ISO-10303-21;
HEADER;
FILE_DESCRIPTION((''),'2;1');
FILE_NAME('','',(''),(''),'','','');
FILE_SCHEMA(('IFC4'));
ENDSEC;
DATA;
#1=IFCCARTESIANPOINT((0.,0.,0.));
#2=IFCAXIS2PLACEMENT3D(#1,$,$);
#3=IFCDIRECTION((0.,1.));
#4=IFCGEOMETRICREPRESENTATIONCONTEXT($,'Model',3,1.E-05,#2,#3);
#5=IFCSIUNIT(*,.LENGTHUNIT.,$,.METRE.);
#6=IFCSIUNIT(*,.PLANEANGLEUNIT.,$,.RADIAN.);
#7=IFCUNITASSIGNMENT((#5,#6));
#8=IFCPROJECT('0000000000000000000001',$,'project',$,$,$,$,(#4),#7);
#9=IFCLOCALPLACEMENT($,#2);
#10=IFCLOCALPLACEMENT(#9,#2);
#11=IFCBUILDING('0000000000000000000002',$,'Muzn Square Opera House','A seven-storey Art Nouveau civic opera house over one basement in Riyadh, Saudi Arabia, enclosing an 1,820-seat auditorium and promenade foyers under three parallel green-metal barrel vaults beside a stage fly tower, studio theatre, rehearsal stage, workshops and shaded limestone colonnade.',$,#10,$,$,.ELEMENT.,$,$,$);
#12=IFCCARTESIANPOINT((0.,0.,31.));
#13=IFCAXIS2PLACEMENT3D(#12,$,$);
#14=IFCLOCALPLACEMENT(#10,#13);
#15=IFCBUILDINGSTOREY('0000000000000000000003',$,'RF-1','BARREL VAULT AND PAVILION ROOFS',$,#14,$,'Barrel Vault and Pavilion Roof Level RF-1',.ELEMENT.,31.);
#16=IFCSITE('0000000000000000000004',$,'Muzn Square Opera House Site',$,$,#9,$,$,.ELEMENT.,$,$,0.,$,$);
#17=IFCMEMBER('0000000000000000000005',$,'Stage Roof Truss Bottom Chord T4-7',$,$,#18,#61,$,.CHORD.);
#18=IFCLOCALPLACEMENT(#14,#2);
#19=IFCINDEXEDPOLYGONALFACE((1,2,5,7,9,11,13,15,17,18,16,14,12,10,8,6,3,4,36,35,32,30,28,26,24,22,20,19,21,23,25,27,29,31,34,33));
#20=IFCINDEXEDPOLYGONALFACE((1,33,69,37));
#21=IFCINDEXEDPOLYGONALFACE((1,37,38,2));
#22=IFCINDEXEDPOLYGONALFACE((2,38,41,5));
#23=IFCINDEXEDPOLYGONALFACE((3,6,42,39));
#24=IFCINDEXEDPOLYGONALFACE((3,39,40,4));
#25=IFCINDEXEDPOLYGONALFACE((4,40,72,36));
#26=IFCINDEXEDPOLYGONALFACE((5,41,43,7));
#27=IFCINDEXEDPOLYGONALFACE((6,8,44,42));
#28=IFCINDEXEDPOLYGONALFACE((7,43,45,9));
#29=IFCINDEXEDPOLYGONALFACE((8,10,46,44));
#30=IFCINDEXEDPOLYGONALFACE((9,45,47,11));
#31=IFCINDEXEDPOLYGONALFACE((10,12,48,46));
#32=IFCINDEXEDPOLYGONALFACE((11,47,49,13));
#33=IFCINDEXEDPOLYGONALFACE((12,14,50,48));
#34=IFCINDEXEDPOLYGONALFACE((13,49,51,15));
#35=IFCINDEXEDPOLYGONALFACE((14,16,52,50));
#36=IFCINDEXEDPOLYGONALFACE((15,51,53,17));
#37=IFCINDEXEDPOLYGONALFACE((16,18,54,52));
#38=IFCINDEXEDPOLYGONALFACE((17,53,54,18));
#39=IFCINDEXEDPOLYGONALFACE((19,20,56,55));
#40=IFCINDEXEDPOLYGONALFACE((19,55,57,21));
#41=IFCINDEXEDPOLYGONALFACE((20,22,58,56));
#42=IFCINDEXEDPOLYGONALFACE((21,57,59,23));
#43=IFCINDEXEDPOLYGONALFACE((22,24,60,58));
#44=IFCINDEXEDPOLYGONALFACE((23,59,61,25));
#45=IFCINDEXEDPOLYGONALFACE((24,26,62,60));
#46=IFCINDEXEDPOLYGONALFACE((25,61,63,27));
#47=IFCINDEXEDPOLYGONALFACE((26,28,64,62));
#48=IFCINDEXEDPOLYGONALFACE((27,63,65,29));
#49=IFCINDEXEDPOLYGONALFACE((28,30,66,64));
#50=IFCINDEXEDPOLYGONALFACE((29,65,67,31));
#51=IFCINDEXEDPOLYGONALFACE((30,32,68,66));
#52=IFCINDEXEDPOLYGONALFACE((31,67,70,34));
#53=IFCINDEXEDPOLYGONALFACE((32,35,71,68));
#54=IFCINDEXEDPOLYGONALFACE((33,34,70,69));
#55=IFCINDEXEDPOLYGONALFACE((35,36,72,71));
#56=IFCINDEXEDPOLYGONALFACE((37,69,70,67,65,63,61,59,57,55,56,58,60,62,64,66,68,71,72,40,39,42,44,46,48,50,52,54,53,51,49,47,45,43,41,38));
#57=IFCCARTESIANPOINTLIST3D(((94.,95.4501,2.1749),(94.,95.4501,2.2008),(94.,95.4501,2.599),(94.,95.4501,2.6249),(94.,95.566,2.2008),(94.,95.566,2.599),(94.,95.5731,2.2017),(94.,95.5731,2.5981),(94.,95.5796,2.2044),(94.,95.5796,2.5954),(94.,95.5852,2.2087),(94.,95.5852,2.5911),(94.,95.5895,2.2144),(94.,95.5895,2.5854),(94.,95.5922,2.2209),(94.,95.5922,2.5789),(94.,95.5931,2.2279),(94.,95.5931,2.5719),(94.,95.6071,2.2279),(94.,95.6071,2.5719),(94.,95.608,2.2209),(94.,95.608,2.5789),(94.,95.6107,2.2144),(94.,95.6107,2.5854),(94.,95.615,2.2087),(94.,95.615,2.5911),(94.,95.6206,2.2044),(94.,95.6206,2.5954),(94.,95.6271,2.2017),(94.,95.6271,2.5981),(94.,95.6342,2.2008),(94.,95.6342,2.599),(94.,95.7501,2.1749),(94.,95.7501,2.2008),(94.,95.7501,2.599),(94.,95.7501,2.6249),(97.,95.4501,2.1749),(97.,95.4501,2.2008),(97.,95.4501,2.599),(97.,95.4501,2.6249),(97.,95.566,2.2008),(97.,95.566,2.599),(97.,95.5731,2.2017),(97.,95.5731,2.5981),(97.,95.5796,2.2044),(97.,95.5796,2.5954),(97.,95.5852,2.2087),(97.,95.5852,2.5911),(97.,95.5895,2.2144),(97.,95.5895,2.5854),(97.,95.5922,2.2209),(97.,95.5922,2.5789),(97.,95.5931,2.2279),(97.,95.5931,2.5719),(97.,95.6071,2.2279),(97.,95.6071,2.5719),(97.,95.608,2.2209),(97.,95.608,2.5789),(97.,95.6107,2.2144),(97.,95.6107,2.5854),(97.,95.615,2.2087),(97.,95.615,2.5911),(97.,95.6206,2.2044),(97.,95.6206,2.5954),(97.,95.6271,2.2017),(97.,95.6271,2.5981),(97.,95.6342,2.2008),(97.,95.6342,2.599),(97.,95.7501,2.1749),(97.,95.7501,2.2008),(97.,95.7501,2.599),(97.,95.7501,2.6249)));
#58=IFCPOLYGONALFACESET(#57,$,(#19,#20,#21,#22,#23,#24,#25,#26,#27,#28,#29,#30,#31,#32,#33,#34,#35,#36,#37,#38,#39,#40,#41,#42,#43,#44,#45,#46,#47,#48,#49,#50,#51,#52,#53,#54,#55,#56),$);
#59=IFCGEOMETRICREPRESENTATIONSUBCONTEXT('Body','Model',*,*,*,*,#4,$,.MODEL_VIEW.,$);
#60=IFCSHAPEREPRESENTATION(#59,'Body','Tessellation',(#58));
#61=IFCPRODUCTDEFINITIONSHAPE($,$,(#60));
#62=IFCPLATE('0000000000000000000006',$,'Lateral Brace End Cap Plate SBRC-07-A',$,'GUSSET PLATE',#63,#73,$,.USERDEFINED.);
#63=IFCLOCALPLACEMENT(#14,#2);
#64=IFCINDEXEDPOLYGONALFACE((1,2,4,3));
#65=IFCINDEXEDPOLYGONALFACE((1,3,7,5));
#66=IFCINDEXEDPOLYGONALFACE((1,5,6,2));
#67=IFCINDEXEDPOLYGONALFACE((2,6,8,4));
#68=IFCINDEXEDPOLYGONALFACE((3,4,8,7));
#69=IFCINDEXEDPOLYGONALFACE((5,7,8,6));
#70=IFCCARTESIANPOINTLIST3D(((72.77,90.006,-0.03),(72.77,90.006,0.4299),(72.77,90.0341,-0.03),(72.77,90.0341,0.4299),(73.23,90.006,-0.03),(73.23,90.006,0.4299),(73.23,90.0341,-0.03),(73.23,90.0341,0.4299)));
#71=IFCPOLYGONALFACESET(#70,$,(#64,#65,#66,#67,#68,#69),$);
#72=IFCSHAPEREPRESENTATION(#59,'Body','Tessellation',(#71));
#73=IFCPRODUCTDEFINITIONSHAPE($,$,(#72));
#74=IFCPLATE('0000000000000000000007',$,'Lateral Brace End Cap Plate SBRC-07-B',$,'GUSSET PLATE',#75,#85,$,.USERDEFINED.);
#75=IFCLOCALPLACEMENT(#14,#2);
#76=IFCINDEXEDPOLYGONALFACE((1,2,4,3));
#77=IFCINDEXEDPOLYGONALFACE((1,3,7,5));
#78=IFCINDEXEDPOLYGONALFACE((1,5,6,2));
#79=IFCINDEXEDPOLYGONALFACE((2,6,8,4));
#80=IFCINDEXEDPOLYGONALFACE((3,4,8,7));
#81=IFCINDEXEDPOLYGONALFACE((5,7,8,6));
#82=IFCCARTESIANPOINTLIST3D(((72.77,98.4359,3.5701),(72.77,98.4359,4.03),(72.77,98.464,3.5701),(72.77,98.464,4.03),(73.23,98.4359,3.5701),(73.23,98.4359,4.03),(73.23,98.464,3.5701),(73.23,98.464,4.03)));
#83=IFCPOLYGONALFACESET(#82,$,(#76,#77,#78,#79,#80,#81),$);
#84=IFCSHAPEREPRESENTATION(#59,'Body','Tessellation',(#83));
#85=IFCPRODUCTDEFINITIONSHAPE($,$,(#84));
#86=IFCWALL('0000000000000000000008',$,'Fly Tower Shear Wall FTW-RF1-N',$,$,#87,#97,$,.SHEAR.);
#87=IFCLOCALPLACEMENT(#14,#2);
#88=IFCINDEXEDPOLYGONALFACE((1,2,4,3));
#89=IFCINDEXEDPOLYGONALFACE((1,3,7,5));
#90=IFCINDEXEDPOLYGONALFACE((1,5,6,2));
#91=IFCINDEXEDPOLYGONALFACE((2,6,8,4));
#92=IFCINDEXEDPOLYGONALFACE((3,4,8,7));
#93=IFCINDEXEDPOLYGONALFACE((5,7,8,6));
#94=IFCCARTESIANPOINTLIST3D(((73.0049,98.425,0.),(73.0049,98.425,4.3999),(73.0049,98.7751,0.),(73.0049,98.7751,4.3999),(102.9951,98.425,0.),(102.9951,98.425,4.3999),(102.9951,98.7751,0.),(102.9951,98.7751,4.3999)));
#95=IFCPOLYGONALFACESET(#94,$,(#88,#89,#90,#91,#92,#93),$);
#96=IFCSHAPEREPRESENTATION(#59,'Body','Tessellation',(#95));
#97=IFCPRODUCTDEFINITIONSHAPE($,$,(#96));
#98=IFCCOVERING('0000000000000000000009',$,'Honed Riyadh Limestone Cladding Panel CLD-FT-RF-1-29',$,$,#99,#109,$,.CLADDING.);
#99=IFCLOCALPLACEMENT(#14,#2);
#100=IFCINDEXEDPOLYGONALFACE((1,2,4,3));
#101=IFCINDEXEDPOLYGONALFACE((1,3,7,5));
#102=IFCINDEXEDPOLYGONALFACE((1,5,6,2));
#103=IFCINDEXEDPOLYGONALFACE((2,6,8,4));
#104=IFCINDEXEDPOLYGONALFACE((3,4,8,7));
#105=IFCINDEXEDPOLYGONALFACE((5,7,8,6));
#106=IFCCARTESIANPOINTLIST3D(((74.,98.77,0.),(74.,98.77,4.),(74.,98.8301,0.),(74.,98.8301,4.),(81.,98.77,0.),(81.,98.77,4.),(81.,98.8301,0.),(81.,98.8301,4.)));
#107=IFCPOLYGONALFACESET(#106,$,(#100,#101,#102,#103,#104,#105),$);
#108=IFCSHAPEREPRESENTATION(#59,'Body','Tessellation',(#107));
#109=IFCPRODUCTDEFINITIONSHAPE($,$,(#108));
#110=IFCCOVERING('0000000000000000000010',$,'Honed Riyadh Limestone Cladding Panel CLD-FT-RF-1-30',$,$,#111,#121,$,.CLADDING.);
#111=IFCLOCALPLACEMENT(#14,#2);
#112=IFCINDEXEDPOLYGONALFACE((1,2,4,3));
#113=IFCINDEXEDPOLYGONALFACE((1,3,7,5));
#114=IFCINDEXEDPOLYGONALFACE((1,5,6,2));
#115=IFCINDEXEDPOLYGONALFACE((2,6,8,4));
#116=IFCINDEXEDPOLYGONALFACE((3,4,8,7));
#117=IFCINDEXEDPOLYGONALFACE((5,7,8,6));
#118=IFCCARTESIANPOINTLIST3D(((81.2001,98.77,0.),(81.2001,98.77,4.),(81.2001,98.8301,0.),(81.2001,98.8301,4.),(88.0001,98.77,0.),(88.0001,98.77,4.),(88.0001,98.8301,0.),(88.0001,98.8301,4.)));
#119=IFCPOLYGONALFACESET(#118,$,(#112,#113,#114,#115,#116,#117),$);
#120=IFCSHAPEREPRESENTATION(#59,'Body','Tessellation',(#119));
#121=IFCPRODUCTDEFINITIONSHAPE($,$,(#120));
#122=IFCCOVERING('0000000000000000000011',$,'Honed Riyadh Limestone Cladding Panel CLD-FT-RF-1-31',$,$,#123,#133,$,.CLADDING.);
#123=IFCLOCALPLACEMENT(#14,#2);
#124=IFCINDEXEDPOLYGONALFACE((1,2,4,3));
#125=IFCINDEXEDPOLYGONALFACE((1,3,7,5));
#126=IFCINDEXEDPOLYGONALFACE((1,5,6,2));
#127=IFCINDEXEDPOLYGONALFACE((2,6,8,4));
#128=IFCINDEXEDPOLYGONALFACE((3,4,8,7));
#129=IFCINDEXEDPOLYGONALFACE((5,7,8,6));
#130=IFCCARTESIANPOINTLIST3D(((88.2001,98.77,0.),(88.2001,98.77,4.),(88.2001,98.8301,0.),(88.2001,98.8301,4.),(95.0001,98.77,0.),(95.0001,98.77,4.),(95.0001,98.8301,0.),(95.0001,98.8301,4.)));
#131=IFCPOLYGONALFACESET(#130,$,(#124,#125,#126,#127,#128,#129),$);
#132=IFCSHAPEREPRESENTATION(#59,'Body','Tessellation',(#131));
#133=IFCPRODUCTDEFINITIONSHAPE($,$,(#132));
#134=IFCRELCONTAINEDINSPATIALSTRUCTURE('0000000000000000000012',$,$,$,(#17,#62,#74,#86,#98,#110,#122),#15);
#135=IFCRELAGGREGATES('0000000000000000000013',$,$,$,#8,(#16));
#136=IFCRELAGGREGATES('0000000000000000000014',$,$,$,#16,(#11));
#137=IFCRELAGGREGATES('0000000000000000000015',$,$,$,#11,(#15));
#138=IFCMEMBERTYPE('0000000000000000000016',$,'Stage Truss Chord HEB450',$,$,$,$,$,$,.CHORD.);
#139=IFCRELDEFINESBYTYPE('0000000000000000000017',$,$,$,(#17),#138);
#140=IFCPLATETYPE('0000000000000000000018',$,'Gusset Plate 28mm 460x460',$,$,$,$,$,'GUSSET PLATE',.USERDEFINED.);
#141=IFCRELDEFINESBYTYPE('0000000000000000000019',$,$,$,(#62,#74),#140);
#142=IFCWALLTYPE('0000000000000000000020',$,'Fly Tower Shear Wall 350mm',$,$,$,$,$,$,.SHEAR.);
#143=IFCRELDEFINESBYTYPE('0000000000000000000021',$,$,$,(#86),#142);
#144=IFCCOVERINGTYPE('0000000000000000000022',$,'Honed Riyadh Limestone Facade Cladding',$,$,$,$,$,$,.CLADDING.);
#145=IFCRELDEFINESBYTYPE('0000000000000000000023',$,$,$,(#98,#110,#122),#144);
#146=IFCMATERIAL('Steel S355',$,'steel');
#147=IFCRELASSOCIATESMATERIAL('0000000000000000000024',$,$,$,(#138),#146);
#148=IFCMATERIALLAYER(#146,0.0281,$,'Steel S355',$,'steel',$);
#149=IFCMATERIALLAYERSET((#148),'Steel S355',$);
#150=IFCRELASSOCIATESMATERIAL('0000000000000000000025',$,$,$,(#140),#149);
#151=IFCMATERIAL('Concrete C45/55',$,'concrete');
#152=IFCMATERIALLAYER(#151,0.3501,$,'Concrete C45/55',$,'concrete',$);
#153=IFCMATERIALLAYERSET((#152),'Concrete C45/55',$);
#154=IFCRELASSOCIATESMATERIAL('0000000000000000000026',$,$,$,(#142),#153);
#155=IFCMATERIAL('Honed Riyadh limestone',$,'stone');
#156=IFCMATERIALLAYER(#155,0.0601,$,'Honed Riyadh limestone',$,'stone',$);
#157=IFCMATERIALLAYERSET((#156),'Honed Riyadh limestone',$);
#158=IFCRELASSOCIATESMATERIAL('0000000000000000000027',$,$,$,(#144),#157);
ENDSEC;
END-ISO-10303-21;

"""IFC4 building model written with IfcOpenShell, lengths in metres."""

from ifc_helpers import new_model, si_unit, direction, frame, frame_2d, origin, origin_2d, place, context, subcontext, project, spatial, rectangle, i_section, extrude, material, layer, layer_set, material_profile, profile_set, type_object, element, save


model = new_model("IFC4")

# Units and contexts
model_context = context("Model", 3, precision=1e-05, world=origin(), true_north=direction((0.0, 1.0)))
body_context = subcontext(model_context, "Body", "Model", "MODEL_VIEW")
ifc_project = project(units=[si_unit("LENGTHUNIT", "METRE"), si_unit("PLANEANGLEUNIT", "RADIAN")], contexts=[model_context])

# Site, building, storey
site_placement = place(None, origin())
site = spatial("IfcSite", under=ifc_project, at=site_placement, Name="Muzn Square Opera House Site", CompositionType="ELEMENT", RefElevation=0.0)
building_placement = place(site_placement, origin())
building = spatial("IfcBuilding", under=site, at=building_placement, Name="Muzn Square Opera House", Description="A seven-storey Art Nouveau civic opera house over one basement in Riyadh, Saudi Arabia, enclosing an 1,820-seat auditorium and promenade foyers under three parallel green-metal barrel vaults beside a stage fly tower, studio theatre, rehearsal stage, workshops and shaded limestone colonnade.", CompositionType="ELEMENT")
storey_placement = place(building_placement, frame((0.0, 0.0, 31.0)))
storey = spatial("IfcBuildingStorey", under=building, at=storey_placement, Name="RF-1", Description="BARREL VAULT AND PAVILION ROOFS", LongName="Barrel Vault and Pavilion Roof Level RF-1", CompositionType="ELEMENT", Elevation=31.0)

# Shared definitions
ifc_material_1 = material(Name="Steel S355", Category="steel")

# Member
ifc_material_profile_1 = material_profile(ifc_material_1, i_section(OverallWidth=0.3, OverallDepth=0.45, WebThickness=0.0139, FlangeThickness=0.0259, FilletRadius=0.0271, at=origin_2d()), Name="HEB 450", Category="steel")
ifc_profile_set_1 = profile_set([ifc_material_profile_1], Name="Steel S355")
member_type_1 = type_object("IfcMemberType", Name="Stage Truss Chord HEB450", PredefinedType="CHORD", material=ifc_profile_set_1)
for number, where, z_axis, x_axis, name in (
    (1, (94.0, 95.6001, 2.3999), (1.0, 0.0, 0.0), (0.0, 1.0, 0.0), "Stage Roof Truss Bottom Chord T4-7"),
):
    element("IfcMember", number, at=place(storey_placement, frame(where, z_axis=z_axis, x_axis=x_axis)), inside=storey, type_object=member_type_1, Name=name, PredefinedType="CHORD", context=body_context, shape_type="SweptSolid", body=[
        extrude(i_section(OverallWidth=0.3, OverallDepth=0.45, WebThickness=0.0139, FlangeThickness=0.0259, FilletRadius=0.0271, at=origin_2d()), origin(), (0.0, 0.0, 1.0), 3.0),
    ])

# Plates
ifc_layer_1 = layer(ifc_material_1, 0.0281, Name="Steel S355", Category="steel")
ifc_layer_set_1 = layer_set([ifc_layer_1], Name="Steel S355")
plate_type = type_object("IfcPlateType", Name="Gusset Plate 28mm 460x460", ElementType="GUSSET PLATE", PredefinedType="USERDEFINED", material=ifc_layer_set_1)
for number, where, z_axis, x_axis, name in (
    (2, (73.0, 90.02, -0.03), (0.0, 0.0, 1.0), (1.0, 0.0, 0.0), "Lateral Brace End Cap Plate SBRC-07-A"),
    (3, (73.0, 98.45, 3.5701), (0.0, 0.0, 1.0), (1.0, 0.0, 0.0), "Lateral Brace End Cap Plate SBRC-07-B"),
):
    element("IfcPlate", number, at=place(storey_placement, frame(where, z_axis=z_axis, x_axis=x_axis)), inside=storey, type_object=plate_type, Name=name, ObjectType="GUSSET PLATE", PredefinedType="USERDEFINED", context=body_context, shape_type="SweptSolid", body=[
        extrude(rectangle(XDim=0.46, YDim=0.0281, at=origin_2d()), origin(), (0.0, 0.0, 1.0), 0.46),
    ])

# Wall
ifc_material_2 = material(Name="Concrete C45/55", Category="concrete")
ifc_layer_2 = layer(ifc_material_2, 0.3501, Name="Concrete C45/55", Category="concrete")
ifc_layer_set_2 = layer_set([ifc_layer_2], Name="Concrete C45/55")
wall_type = type_object("IfcWallType", Name="Fly Tower Shear Wall 350mm", PredefinedType="SHEAR", material=ifc_layer_set_2)
wall_placement = place(storey_placement, frame((73.0049, 98.6001, 0.0), z_axis=(0.0, 0.0, 1.0), x_axis=(1.0, 0.0, 0.0)))
element("IfcWall", 4, at=wall_placement, inside=storey, type_object=wall_type, Name="Fly Tower Shear Wall FTW-RF1-N", PredefinedType="SHEAR", context=body_context, shape_type="SweptSolid", body=[
    extrude(rectangle(XDim=29.9902, YDim=0.3501, at=frame_2d((14.9951, 0.0))), origin(), (0.0, 0.0, 1.0), 4.3999),
])

# Coverings
ifc_material_3 = material(Name="Honed Riyadh limestone", Category="stone")
ifc_layer_3 = layer(ifc_material_3, 0.0601, Name="Honed Riyadh limestone", Category="stone")
ifc_layer_set_3 = layer_set([ifc_layer_3], Name="Honed Riyadh limestone")
covering_type = type_object("IfcCoveringType", Name="Honed Riyadh Limestone Facade Cladding", PredefinedType="CLADDING", material=ifc_layer_set_3)
covering_placement = place(storey_placement, frame((77.5, 98.8, 0.0), z_axis=(0.0, 0.0, 1.0), x_axis=(1.0, 0.0, 0.0)))
element("IfcCovering", 5, at=covering_placement, inside=storey, type_object=covering_type, Name="Honed Riyadh Limestone Cladding Panel CLD-FT-RF-1-29", PredefinedType="CLADDING", context=body_context, shape_type="SweptSolid", body=[
    extrude(rectangle(XDim=7.0, YDim=0.0601, at=origin_2d()), origin(), (0.0, 0.0, 1.0), 4.0),
])
for number, where, z_axis, x_axis, name in (
    (6, (84.6001, 98.8, 0.0), (0.0, 0.0, 1.0), (1.0, 0.0, 0.0), "Honed Riyadh Limestone Cladding Panel CLD-FT-RF-1-30"),
    (7, (91.6001, 98.8, 0.0), (0.0, 0.0, 1.0), (1.0, 0.0, 0.0), "Honed Riyadh Limestone Cladding Panel CLD-FT-RF-1-31"),
):
    element("IfcCovering", number, at=place(storey_placement, frame(where, z_axis=z_axis, x_axis=x_axis)), inside=storey, type_object=covering_type, Name=name, PredefinedType="CLADDING", context=body_context, shape_type="SweptSolid", body=[
        extrude(rectangle(XDim=6.8, YDim=0.0601, at=origin_2d()), origin(), (0.0, 0.0, 1.0), 4.0),
    ])

save(model, "model.ifc")
